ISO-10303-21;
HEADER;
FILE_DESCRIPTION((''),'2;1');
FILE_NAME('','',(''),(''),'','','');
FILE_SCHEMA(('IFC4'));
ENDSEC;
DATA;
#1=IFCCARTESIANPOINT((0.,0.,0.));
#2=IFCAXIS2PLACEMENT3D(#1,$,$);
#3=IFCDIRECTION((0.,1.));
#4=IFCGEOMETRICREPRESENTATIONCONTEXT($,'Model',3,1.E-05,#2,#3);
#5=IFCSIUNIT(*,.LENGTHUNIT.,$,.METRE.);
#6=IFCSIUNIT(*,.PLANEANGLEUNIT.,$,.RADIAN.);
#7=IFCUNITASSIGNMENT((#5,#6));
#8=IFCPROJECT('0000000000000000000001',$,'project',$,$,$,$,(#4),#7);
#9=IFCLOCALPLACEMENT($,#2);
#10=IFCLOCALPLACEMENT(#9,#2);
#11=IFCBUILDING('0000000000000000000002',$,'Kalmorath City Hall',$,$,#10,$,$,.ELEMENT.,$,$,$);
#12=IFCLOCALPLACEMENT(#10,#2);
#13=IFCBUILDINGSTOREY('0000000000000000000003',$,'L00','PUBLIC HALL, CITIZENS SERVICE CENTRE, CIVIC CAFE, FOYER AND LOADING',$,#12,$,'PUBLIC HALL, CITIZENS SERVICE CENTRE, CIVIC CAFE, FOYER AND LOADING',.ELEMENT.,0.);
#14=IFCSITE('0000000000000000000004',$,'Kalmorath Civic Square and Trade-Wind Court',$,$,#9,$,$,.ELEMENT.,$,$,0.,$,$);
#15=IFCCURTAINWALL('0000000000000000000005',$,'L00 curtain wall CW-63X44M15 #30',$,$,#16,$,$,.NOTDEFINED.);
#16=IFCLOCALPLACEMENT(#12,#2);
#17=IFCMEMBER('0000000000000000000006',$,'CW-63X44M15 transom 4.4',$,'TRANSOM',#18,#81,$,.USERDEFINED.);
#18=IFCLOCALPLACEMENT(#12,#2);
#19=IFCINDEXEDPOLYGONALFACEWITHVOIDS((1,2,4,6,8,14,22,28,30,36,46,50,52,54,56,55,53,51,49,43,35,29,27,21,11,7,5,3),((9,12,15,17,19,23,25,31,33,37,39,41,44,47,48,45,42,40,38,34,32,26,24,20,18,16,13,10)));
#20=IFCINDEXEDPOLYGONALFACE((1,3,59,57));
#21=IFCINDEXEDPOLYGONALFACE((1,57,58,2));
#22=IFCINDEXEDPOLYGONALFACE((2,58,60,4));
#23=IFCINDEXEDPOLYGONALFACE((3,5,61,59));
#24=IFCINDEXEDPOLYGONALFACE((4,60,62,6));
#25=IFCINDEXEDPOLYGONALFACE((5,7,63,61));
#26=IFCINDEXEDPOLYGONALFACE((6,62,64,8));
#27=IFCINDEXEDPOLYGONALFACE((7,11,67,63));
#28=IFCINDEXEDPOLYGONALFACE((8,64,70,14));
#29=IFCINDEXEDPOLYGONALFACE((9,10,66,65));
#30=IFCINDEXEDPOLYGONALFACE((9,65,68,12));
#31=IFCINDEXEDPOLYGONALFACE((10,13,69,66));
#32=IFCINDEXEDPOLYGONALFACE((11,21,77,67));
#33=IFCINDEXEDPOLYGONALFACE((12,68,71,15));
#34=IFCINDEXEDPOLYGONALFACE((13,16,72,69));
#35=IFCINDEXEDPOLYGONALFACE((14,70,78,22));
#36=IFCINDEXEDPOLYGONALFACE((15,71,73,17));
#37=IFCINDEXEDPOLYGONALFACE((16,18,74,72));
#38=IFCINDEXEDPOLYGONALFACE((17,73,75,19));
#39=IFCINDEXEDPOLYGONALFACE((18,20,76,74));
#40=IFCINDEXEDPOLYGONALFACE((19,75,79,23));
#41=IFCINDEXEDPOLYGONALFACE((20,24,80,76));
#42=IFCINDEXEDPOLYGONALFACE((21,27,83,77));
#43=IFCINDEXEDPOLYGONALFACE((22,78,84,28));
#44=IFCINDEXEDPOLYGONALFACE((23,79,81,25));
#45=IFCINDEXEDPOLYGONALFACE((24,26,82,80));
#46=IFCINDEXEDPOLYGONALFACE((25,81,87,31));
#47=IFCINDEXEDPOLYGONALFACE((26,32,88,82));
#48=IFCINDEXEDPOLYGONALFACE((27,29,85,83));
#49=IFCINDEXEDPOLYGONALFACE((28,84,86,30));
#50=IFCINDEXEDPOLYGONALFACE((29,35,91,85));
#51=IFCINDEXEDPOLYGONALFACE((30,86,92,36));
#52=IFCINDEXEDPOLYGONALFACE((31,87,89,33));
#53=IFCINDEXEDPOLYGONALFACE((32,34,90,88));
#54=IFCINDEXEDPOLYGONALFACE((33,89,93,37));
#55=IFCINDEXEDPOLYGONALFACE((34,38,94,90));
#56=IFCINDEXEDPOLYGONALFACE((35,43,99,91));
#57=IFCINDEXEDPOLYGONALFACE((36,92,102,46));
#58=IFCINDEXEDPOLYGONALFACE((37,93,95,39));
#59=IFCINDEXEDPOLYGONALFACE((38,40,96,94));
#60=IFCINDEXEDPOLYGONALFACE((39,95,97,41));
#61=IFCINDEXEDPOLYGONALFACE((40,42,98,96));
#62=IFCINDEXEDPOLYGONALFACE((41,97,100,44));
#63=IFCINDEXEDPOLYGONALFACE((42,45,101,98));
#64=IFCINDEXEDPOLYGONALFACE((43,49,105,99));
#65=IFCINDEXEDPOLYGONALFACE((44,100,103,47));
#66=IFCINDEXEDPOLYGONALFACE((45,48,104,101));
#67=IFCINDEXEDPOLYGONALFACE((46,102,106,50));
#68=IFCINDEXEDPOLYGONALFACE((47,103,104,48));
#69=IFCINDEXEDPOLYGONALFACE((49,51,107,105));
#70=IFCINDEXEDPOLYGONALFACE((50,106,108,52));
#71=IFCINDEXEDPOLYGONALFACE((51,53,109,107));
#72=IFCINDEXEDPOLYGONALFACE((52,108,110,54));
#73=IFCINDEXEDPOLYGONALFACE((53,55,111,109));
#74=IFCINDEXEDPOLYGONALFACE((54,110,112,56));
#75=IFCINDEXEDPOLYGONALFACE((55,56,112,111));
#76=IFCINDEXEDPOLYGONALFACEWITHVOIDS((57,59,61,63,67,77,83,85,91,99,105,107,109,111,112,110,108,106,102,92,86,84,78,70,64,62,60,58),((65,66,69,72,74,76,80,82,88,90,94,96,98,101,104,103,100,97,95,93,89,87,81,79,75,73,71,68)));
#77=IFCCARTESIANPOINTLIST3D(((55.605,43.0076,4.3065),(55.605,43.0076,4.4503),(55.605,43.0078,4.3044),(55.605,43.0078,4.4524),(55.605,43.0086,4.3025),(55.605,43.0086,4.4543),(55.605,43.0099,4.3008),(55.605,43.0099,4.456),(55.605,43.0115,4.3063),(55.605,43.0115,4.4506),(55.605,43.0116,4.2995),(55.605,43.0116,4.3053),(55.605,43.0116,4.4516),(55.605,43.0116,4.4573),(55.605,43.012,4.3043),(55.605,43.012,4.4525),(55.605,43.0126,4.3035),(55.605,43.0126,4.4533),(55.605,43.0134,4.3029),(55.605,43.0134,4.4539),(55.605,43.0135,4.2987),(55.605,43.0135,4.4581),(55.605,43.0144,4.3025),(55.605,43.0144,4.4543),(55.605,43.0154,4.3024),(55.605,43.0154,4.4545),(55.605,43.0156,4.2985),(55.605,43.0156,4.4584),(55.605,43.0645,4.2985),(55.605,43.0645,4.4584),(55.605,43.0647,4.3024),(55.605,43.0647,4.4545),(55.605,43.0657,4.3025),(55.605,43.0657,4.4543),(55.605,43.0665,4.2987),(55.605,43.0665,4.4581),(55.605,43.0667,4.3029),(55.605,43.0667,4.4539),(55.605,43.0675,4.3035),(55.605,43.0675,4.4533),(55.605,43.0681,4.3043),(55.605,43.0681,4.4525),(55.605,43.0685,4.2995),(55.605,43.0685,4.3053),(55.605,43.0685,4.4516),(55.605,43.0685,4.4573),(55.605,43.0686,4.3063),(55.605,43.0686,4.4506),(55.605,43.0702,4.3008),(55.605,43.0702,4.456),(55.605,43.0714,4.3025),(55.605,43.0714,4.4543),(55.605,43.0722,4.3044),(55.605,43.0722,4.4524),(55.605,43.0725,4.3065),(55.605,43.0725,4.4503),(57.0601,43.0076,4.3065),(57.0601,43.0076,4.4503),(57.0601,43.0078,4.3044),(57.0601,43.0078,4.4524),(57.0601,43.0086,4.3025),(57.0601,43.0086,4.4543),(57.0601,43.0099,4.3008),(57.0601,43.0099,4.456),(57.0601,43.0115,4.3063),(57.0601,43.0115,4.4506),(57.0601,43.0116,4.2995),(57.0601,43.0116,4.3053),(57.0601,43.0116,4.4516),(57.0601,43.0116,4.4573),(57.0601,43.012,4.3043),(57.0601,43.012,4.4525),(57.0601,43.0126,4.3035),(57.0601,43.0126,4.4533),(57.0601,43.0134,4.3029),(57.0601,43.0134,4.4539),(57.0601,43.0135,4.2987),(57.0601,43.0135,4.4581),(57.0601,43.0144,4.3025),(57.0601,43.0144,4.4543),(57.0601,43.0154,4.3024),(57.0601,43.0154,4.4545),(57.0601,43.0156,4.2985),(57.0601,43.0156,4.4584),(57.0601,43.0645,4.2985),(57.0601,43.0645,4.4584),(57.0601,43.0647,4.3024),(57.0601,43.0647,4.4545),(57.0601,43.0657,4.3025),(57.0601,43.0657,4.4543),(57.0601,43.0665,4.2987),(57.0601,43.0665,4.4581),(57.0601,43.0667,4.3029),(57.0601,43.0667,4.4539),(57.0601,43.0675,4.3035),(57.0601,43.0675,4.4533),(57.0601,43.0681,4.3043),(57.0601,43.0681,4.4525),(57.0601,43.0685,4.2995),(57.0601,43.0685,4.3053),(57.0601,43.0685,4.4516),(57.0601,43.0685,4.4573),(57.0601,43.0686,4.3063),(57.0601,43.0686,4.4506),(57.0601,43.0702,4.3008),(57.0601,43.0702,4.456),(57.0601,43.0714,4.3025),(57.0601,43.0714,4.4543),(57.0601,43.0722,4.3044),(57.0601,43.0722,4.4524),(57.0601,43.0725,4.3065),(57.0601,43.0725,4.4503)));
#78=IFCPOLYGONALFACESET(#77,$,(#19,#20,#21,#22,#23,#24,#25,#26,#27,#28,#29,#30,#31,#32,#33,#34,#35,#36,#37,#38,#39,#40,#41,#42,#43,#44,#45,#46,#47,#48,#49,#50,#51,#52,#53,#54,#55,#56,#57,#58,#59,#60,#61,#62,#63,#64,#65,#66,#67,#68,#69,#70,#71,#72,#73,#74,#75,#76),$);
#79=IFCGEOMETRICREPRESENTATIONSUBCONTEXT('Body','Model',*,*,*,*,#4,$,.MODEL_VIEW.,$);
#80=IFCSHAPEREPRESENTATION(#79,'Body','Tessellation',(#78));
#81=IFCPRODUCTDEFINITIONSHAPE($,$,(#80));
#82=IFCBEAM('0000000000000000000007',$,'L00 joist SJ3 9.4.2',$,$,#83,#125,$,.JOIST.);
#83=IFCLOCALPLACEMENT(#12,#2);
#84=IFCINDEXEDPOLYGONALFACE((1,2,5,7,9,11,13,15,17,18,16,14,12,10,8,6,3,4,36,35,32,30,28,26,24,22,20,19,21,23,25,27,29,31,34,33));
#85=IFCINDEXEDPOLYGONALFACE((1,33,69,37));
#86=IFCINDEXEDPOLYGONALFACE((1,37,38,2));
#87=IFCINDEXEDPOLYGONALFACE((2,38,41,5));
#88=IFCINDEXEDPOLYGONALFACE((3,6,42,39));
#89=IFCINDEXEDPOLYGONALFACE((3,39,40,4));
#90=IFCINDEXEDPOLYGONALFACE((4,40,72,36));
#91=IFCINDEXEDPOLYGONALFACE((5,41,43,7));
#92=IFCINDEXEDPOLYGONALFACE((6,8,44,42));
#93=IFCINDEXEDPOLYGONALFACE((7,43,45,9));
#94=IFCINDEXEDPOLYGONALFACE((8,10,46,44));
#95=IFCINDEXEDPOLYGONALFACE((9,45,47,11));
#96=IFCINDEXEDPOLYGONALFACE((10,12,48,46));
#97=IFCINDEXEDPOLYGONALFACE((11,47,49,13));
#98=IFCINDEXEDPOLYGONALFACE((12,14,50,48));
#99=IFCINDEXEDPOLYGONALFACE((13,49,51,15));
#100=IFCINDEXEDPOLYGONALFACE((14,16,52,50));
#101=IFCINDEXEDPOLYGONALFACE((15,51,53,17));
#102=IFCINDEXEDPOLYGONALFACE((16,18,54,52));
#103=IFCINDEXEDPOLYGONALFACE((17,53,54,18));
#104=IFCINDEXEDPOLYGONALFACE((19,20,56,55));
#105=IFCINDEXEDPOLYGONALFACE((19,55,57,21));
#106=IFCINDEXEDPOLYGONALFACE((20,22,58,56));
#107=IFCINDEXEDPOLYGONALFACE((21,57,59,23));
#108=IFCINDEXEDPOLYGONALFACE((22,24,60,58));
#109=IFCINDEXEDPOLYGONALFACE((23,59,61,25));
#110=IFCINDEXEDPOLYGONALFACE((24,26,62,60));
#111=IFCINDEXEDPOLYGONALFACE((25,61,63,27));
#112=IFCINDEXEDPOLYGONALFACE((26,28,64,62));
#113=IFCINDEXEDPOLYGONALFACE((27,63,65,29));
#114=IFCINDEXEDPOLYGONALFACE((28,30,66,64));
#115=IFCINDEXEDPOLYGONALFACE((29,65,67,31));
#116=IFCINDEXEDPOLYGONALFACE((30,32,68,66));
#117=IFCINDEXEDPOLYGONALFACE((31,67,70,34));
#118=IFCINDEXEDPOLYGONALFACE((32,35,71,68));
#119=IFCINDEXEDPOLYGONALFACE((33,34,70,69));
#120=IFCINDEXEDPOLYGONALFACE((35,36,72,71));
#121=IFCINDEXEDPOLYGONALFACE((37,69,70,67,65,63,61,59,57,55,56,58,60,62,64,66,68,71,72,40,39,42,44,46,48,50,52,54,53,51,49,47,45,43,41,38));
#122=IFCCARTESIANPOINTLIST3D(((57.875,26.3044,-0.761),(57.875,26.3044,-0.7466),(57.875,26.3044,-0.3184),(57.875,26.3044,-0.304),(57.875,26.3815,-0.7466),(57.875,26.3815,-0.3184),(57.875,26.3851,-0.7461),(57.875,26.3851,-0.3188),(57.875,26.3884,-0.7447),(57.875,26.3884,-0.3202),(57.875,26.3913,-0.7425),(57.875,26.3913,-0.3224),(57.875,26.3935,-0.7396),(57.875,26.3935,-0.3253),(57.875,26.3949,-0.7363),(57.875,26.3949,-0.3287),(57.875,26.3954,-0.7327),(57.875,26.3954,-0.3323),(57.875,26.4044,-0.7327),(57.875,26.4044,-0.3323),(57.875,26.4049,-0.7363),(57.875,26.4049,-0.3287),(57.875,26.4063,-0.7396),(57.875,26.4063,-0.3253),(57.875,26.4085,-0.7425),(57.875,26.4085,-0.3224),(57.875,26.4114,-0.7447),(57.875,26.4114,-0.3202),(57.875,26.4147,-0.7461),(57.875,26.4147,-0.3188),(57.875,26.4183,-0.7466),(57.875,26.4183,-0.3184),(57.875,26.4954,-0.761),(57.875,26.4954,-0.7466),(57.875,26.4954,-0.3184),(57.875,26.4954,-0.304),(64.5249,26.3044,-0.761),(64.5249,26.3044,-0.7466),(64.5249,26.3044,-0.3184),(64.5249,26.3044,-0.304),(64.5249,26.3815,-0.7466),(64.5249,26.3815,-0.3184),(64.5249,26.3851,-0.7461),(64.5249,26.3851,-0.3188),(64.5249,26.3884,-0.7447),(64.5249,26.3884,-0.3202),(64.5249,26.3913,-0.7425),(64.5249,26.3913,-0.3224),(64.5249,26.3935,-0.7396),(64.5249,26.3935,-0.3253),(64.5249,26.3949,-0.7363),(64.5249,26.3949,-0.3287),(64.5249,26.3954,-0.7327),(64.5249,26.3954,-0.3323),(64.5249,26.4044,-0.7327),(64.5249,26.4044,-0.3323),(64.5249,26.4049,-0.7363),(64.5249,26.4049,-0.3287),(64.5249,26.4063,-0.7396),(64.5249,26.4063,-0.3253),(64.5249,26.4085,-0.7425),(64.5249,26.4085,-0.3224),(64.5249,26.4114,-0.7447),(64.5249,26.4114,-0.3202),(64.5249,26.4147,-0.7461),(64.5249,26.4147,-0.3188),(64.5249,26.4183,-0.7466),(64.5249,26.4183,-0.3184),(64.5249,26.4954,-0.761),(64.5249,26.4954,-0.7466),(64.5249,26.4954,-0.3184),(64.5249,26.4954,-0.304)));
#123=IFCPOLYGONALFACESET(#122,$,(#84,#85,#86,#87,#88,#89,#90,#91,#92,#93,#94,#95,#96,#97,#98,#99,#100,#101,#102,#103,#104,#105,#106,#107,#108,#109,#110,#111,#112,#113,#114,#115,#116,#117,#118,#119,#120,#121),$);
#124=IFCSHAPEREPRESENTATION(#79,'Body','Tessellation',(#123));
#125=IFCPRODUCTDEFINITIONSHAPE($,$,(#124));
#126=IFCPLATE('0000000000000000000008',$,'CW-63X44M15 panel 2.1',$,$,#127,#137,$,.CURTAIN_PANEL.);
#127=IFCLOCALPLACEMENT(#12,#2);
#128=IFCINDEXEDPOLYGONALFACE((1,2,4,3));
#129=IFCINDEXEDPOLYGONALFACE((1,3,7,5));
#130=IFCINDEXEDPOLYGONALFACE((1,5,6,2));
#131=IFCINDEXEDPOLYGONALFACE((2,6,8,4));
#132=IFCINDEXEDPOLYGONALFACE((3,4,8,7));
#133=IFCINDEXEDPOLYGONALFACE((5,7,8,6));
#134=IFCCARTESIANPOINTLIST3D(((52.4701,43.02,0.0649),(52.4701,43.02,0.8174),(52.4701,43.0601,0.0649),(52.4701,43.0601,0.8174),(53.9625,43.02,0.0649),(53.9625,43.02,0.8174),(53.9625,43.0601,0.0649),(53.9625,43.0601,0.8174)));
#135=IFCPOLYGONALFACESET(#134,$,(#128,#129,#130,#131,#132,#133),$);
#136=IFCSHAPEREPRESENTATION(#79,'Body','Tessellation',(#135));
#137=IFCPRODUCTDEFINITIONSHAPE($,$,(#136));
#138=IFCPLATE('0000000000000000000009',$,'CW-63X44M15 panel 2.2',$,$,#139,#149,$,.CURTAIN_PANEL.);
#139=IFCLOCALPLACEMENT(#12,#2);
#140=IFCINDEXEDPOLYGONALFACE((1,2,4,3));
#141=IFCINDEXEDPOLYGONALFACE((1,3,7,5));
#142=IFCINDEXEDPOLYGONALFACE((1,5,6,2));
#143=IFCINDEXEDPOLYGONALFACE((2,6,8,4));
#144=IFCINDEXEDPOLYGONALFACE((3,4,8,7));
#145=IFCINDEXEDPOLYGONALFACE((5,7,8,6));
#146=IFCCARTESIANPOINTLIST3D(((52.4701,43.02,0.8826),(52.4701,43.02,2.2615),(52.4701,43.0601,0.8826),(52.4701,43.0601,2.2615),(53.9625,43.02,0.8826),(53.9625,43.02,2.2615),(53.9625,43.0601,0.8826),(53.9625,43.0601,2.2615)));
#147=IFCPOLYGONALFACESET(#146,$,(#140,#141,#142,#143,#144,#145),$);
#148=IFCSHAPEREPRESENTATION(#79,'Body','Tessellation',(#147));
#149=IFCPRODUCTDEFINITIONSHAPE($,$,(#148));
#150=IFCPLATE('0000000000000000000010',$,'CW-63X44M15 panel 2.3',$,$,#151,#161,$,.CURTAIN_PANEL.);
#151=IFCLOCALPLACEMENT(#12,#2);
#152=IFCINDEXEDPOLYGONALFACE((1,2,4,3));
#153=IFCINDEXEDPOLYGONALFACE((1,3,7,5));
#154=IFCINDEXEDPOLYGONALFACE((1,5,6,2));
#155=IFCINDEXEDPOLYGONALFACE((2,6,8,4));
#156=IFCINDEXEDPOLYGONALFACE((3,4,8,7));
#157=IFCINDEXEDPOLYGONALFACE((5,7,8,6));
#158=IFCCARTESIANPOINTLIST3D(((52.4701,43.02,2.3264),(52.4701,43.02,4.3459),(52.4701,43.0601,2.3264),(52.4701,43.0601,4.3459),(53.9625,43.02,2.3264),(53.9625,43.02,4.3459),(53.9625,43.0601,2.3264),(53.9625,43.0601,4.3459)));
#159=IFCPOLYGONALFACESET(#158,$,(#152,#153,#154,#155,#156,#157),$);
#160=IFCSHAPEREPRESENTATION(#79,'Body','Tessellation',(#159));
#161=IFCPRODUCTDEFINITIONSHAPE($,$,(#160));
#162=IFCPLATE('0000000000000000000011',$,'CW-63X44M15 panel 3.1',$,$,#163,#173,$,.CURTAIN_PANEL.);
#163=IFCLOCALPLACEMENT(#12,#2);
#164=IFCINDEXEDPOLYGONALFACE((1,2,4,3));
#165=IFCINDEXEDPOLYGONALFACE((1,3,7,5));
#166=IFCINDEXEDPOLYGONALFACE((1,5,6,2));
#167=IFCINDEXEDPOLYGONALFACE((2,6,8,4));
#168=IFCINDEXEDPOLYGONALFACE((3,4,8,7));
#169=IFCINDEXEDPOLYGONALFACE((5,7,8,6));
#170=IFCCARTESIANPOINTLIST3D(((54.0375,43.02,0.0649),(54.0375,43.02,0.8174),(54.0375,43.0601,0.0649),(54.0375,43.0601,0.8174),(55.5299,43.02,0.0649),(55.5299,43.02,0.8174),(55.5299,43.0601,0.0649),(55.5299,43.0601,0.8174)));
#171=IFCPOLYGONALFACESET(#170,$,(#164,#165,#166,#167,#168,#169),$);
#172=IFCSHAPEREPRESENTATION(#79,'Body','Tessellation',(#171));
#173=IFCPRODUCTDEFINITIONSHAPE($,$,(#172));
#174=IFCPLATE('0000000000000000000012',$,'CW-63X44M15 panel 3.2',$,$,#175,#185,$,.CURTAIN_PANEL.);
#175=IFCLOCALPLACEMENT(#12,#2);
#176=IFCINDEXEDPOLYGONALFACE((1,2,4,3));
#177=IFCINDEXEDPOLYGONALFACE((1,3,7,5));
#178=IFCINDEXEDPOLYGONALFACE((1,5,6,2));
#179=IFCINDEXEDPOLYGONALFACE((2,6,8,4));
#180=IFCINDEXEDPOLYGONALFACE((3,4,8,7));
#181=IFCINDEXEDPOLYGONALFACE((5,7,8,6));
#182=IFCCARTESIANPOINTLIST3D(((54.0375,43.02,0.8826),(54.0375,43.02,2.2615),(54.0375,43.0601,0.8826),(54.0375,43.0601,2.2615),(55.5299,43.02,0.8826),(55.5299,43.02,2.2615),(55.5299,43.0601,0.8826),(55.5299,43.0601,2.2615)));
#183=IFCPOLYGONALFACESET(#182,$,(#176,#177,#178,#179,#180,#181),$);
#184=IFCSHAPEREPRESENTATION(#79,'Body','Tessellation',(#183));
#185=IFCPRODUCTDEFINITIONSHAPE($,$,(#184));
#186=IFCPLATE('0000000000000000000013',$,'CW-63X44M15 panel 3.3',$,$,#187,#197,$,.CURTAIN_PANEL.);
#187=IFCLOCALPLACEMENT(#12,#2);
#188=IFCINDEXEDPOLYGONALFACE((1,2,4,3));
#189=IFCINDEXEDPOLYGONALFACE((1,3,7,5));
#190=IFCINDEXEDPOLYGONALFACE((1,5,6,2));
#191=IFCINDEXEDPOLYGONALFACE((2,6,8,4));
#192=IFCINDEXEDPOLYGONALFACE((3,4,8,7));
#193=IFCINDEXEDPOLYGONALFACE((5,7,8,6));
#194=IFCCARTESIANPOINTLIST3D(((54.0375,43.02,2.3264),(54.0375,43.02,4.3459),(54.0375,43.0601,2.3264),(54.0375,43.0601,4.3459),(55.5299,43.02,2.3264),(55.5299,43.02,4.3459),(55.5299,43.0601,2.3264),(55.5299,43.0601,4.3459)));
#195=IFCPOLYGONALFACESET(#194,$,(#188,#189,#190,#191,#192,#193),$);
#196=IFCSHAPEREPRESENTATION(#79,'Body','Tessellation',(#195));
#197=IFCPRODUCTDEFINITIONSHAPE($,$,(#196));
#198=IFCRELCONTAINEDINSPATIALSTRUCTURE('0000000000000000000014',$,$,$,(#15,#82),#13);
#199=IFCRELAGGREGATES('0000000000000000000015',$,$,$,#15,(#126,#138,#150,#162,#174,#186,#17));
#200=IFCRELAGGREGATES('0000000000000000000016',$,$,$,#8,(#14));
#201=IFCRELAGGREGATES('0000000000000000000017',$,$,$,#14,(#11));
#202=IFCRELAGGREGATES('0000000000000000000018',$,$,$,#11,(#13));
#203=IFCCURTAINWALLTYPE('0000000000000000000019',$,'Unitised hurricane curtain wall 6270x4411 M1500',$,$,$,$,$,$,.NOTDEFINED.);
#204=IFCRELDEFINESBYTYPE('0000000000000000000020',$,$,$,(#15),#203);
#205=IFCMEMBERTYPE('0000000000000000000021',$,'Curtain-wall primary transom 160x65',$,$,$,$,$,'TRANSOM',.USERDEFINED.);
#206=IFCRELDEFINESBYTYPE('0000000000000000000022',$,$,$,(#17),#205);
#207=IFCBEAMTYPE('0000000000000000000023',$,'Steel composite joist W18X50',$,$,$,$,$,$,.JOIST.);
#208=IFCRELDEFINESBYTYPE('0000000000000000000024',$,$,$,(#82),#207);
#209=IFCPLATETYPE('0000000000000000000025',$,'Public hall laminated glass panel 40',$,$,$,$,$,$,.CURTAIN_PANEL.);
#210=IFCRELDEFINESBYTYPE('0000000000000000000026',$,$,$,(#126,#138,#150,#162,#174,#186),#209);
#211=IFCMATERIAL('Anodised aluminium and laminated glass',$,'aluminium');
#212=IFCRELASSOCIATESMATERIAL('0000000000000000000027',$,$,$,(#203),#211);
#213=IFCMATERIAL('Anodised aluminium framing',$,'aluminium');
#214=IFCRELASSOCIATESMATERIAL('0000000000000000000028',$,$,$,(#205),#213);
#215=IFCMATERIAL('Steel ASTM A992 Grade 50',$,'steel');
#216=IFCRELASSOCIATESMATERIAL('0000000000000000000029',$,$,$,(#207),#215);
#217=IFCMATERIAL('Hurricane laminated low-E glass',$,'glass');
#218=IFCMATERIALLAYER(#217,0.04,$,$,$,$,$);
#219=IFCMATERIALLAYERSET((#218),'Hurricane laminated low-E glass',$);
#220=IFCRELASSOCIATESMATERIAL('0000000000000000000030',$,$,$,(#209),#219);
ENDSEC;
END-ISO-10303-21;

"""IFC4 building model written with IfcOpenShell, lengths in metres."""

from ifc_helpers import new_model, si_unit, direction, frame, origin, origin_2d, place, context, subcontext, project, spatial, rectangle, hollow_rectangle, i_section, extrude, material, layer, layer_set, material_profile, profile_set, type_object, element, aggregate, save


model = new_model("IFC4")

# Units and contexts
model_context = context("Model", 3, precision=1e-05, world=origin(), true_north=direction((0.0, 1.0)))
body_context = subcontext(model_context, "Body", "Model", "MODEL_VIEW")
ifc_project = project(units=[si_unit("LENGTHUNIT", "METRE"), si_unit("PLANEANGLEUNIT", "RADIAN")], contexts=[model_context])

# Site, building, storey
site_placement = place(None, origin())
site = spatial("IfcSite", under=ifc_project, at=site_placement, Name="Kalmorath Civic Square and Trade-Wind Court", CompositionType="ELEMENT", RefElevation=0.0)
building_placement = place(site_placement, origin())
building = spatial("IfcBuilding", under=site, at=building_placement, Name="Kalmorath City Hall", CompositionType="ELEMENT")
storey_placement = place(building_placement, origin())
storey = spatial("IfcBuildingStorey", under=building, at=storey_placement, Name="L00", Description="PUBLIC HALL, CITIZENS SERVICE CENTRE, CIVIC CAFE, FOYER AND LOADING", LongName="PUBLIC HALL, CITIZENS SERVICE CENTRE, CIVIC CAFE, FOYER AND LOADING", CompositionType="ELEMENT", Elevation=0.0)

# Curtain wall, member
ifc_material_1 = material(Name="Anodised aluminium and laminated glass", Category="aluminium")
curtain_wall_type = type_object("IfcCurtainWallType", Name="Unitised hurricane curtain wall 6270x4411 M1500", PredefinedType="NOTDEFINED", material=ifc_material_1)
curtain_wall_placement = place(storey_placement, origin())
curtain_wall = element("IfcCurtainWall", 1, at=curtain_wall_placement, inside=storey, type_object=curtain_wall_type, Name="L00 curtain wall CW-63X44M15 #30", PredefinedType="NOTDEFINED")
ifc_material_2 = material(Name="Anodised aluminium framing", Category="aluminium")
ifc_material_profile_1 = material_profile(ifc_material_2, hollow_rectangle(XDim=0.0649, YDim=0.1599, WallThickness=0.0039, InnerFilletRadius=0.0039, OuterFilletRadius=0.0081, at=origin_2d()), Name="ALU-TRN-160X65X4")
ifc_profile_set_1 = profile_set([ifc_material_profile_1], Name="Anodised aluminium framing")
member_type_1 = type_object("IfcMemberType", Name="Curtain-wall primary transom 160x65", ElementType="TRANSOM", PredefinedType="USERDEFINED", material=ifc_profile_set_1)
member_1_placement = place(storey_placement, frame((55.605, 43.04, 4.3784), z_axis=(1.0, 0.0, 0.0), x_axis=(0.0, 1.0, 0.0)))
member_1 = element("IfcMember", 2, at=member_1_placement, type_object=member_type_1, Name="CW-63X44M15 transom 4.4", ObjectType="TRANSOM", PredefinedType="USERDEFINED", context=body_context, shape_type="SweptSolid", body=[
    extrude(hollow_rectangle(XDim=0.0649, YDim=0.1599, WallThickness=0.0039, InnerFilletRadius=0.0039, OuterFilletRadius=0.0081, at=origin_2d()), origin(), (0.0, 0.0, 1.0), 1.4551),
])

# Beam
ifc_material_3 = material(Name="Steel ASTM A992 Grade 50", Category="steel")
ifc_material_profile_2 = material_profile(ifc_material_3, i_section(OverallWidth=0.1909, OverallDepth=0.457, WebThickness=0.009, FlangeThickness=0.0144, FilletRadius=0.0139, at=origin_2d()), Name="W18X50")
ifc_profile_set_2 = profile_set([ifc_material_profile_2], Name="Steel ASTM A992 Grade 50")
beam_type_1 = type_object("IfcBeamType", Name="Steel composite joist W18X50", PredefinedType="JOIST", material=ifc_profile_set_2)
beam_1_placement = place(storey_placement, frame((57.875, 26.3999, -0.5325), z_axis=(1.0, 0.0, 0.0), x_axis=(0.0, 1.0, 0.0)))
element("IfcBeam", 3, at=beam_1_placement, inside=storey, type_object=beam_type_1, Name="L00 joist SJ3 9.4.2", PredefinedType="JOIST", context=body_context, shape_type="SweptSolid", body=[
    extrude(i_section(OverallWidth=0.1909, OverallDepth=0.457, WebThickness=0.009, FlangeThickness=0.0144, FilletRadius=0.0139, at=origin_2d()), origin(), (0.0, 0.0, 1.0), 6.6499),
])

# Plates
ifc_material_4 = material(Name="Hurricane laminated low-E glass", Category="glass")
ifc_layer = layer(ifc_material_4, 0.04)
ifc_layer_set = layer_set([ifc_layer], Name="Hurricane laminated low-E glass")
plate_type = type_object("IfcPlateType", Name="Public hall laminated glass panel 40", PredefinedType="CURTAIN_PANEL", material=ifc_layer_set)
plate_1_placement = place(storey_placement, frame((53.2163, 43.04, 0.0649), z_axis=(0.0, 0.0, 1.0), x_axis=(1.0, 0.0, 0.0)))
plate_1 = element("IfcPlate", 4, at=plate_1_placement, type_object=plate_type, Name="CW-63X44M15 panel 2.1", PredefinedType="CURTAIN_PANEL", context=body_context, shape_type="SweptSolid", body=[
    extrude(rectangle(XDim=1.4924, YDim=0.04, at=origin_2d()), origin(), (0.0, 0.0, 1.0), 0.7524),
])
plate_2_placement = place(storey_placement, frame((53.2163, 43.04, 0.8826), z_axis=(0.0, 0.0, 1.0), x_axis=(1.0, 0.0, 0.0)))
plate_2 = element("IfcPlate", 5, at=plate_2_placement, type_object=plate_type, Name="CW-63X44M15 panel 2.2", PredefinedType="CURTAIN_PANEL", context=body_context, shape_type="SweptSolid", body=[
    extrude(rectangle(XDim=1.4924, YDim=0.04, at=origin_2d()), origin(), (0.0, 0.0, 1.0), 1.3789),
])
plate_3_placement = place(storey_placement, frame((53.2163, 43.04, 2.3264), z_axis=(0.0, 0.0, 1.0), x_axis=(1.0, 0.0, 0.0)))
plate_3 = element("IfcPlate", 6, at=plate_3_placement, type_object=plate_type, Name="CW-63X44M15 panel 2.3", PredefinedType="CURTAIN_PANEL", context=body_context, shape_type="SweptSolid", body=[
    extrude(rectangle(XDim=1.4924, YDim=0.04, at=origin_2d()), origin(), (0.0, 0.0, 1.0), 2.0195),
])
plate_4_placement = place(storey_placement, frame((54.7837, 43.04, 0.0649), z_axis=(0.0, 0.0, 1.0), x_axis=(1.0, 0.0, 0.0)))
plate_4 = element("IfcPlate", 7, at=plate_4_placement, type_object=plate_type, Name="CW-63X44M15 panel 3.1", PredefinedType="CURTAIN_PANEL", context=body_context, shape_type="SweptSolid", body=[
    extrude(rectangle(XDim=1.4924, YDim=0.04, at=origin_2d()), origin(), (0.0, 0.0, 1.0), 0.7524),
])
plate_5_placement = place(storey_placement, frame((54.7837, 43.04, 0.8826), z_axis=(0.0, 0.0, 1.0), x_axis=(1.0, 0.0, 0.0)))
plate_5 = element("IfcPlate", 8, at=plate_5_placement, type_object=plate_type, Name="CW-63X44M15 panel 3.2", PredefinedType="CURTAIN_PANEL", context=body_context, shape_type="SweptSolid", body=[
    extrude(rectangle(XDim=1.4924, YDim=0.04, at=origin_2d()), origin(), (0.0, 0.0, 1.0), 1.3789),
])
plate_6_placement = place(storey_placement, frame((54.7837, 43.04, 2.3264), z_axis=(0.0, 0.0, 1.0), x_axis=(1.0, 0.0, 0.0)))
plate_6 = element("IfcPlate", 9, at=plate_6_placement, type_object=plate_type, Name="CW-63X44M15 panel 3.3", PredefinedType="CURTAIN_PANEL", context=body_context, shape_type="SweptSolid", body=[
    extrude(rectangle(XDim=1.4924, YDim=0.04, at=origin_2d()), origin(), (0.0, 0.0, 1.0), 2.0195),
])
aggregate(curtain_wall, [plate_1, plate_2, plate_3, plate_4, plate_5, plate_6, member_1])

save(model, "model.ifc")
